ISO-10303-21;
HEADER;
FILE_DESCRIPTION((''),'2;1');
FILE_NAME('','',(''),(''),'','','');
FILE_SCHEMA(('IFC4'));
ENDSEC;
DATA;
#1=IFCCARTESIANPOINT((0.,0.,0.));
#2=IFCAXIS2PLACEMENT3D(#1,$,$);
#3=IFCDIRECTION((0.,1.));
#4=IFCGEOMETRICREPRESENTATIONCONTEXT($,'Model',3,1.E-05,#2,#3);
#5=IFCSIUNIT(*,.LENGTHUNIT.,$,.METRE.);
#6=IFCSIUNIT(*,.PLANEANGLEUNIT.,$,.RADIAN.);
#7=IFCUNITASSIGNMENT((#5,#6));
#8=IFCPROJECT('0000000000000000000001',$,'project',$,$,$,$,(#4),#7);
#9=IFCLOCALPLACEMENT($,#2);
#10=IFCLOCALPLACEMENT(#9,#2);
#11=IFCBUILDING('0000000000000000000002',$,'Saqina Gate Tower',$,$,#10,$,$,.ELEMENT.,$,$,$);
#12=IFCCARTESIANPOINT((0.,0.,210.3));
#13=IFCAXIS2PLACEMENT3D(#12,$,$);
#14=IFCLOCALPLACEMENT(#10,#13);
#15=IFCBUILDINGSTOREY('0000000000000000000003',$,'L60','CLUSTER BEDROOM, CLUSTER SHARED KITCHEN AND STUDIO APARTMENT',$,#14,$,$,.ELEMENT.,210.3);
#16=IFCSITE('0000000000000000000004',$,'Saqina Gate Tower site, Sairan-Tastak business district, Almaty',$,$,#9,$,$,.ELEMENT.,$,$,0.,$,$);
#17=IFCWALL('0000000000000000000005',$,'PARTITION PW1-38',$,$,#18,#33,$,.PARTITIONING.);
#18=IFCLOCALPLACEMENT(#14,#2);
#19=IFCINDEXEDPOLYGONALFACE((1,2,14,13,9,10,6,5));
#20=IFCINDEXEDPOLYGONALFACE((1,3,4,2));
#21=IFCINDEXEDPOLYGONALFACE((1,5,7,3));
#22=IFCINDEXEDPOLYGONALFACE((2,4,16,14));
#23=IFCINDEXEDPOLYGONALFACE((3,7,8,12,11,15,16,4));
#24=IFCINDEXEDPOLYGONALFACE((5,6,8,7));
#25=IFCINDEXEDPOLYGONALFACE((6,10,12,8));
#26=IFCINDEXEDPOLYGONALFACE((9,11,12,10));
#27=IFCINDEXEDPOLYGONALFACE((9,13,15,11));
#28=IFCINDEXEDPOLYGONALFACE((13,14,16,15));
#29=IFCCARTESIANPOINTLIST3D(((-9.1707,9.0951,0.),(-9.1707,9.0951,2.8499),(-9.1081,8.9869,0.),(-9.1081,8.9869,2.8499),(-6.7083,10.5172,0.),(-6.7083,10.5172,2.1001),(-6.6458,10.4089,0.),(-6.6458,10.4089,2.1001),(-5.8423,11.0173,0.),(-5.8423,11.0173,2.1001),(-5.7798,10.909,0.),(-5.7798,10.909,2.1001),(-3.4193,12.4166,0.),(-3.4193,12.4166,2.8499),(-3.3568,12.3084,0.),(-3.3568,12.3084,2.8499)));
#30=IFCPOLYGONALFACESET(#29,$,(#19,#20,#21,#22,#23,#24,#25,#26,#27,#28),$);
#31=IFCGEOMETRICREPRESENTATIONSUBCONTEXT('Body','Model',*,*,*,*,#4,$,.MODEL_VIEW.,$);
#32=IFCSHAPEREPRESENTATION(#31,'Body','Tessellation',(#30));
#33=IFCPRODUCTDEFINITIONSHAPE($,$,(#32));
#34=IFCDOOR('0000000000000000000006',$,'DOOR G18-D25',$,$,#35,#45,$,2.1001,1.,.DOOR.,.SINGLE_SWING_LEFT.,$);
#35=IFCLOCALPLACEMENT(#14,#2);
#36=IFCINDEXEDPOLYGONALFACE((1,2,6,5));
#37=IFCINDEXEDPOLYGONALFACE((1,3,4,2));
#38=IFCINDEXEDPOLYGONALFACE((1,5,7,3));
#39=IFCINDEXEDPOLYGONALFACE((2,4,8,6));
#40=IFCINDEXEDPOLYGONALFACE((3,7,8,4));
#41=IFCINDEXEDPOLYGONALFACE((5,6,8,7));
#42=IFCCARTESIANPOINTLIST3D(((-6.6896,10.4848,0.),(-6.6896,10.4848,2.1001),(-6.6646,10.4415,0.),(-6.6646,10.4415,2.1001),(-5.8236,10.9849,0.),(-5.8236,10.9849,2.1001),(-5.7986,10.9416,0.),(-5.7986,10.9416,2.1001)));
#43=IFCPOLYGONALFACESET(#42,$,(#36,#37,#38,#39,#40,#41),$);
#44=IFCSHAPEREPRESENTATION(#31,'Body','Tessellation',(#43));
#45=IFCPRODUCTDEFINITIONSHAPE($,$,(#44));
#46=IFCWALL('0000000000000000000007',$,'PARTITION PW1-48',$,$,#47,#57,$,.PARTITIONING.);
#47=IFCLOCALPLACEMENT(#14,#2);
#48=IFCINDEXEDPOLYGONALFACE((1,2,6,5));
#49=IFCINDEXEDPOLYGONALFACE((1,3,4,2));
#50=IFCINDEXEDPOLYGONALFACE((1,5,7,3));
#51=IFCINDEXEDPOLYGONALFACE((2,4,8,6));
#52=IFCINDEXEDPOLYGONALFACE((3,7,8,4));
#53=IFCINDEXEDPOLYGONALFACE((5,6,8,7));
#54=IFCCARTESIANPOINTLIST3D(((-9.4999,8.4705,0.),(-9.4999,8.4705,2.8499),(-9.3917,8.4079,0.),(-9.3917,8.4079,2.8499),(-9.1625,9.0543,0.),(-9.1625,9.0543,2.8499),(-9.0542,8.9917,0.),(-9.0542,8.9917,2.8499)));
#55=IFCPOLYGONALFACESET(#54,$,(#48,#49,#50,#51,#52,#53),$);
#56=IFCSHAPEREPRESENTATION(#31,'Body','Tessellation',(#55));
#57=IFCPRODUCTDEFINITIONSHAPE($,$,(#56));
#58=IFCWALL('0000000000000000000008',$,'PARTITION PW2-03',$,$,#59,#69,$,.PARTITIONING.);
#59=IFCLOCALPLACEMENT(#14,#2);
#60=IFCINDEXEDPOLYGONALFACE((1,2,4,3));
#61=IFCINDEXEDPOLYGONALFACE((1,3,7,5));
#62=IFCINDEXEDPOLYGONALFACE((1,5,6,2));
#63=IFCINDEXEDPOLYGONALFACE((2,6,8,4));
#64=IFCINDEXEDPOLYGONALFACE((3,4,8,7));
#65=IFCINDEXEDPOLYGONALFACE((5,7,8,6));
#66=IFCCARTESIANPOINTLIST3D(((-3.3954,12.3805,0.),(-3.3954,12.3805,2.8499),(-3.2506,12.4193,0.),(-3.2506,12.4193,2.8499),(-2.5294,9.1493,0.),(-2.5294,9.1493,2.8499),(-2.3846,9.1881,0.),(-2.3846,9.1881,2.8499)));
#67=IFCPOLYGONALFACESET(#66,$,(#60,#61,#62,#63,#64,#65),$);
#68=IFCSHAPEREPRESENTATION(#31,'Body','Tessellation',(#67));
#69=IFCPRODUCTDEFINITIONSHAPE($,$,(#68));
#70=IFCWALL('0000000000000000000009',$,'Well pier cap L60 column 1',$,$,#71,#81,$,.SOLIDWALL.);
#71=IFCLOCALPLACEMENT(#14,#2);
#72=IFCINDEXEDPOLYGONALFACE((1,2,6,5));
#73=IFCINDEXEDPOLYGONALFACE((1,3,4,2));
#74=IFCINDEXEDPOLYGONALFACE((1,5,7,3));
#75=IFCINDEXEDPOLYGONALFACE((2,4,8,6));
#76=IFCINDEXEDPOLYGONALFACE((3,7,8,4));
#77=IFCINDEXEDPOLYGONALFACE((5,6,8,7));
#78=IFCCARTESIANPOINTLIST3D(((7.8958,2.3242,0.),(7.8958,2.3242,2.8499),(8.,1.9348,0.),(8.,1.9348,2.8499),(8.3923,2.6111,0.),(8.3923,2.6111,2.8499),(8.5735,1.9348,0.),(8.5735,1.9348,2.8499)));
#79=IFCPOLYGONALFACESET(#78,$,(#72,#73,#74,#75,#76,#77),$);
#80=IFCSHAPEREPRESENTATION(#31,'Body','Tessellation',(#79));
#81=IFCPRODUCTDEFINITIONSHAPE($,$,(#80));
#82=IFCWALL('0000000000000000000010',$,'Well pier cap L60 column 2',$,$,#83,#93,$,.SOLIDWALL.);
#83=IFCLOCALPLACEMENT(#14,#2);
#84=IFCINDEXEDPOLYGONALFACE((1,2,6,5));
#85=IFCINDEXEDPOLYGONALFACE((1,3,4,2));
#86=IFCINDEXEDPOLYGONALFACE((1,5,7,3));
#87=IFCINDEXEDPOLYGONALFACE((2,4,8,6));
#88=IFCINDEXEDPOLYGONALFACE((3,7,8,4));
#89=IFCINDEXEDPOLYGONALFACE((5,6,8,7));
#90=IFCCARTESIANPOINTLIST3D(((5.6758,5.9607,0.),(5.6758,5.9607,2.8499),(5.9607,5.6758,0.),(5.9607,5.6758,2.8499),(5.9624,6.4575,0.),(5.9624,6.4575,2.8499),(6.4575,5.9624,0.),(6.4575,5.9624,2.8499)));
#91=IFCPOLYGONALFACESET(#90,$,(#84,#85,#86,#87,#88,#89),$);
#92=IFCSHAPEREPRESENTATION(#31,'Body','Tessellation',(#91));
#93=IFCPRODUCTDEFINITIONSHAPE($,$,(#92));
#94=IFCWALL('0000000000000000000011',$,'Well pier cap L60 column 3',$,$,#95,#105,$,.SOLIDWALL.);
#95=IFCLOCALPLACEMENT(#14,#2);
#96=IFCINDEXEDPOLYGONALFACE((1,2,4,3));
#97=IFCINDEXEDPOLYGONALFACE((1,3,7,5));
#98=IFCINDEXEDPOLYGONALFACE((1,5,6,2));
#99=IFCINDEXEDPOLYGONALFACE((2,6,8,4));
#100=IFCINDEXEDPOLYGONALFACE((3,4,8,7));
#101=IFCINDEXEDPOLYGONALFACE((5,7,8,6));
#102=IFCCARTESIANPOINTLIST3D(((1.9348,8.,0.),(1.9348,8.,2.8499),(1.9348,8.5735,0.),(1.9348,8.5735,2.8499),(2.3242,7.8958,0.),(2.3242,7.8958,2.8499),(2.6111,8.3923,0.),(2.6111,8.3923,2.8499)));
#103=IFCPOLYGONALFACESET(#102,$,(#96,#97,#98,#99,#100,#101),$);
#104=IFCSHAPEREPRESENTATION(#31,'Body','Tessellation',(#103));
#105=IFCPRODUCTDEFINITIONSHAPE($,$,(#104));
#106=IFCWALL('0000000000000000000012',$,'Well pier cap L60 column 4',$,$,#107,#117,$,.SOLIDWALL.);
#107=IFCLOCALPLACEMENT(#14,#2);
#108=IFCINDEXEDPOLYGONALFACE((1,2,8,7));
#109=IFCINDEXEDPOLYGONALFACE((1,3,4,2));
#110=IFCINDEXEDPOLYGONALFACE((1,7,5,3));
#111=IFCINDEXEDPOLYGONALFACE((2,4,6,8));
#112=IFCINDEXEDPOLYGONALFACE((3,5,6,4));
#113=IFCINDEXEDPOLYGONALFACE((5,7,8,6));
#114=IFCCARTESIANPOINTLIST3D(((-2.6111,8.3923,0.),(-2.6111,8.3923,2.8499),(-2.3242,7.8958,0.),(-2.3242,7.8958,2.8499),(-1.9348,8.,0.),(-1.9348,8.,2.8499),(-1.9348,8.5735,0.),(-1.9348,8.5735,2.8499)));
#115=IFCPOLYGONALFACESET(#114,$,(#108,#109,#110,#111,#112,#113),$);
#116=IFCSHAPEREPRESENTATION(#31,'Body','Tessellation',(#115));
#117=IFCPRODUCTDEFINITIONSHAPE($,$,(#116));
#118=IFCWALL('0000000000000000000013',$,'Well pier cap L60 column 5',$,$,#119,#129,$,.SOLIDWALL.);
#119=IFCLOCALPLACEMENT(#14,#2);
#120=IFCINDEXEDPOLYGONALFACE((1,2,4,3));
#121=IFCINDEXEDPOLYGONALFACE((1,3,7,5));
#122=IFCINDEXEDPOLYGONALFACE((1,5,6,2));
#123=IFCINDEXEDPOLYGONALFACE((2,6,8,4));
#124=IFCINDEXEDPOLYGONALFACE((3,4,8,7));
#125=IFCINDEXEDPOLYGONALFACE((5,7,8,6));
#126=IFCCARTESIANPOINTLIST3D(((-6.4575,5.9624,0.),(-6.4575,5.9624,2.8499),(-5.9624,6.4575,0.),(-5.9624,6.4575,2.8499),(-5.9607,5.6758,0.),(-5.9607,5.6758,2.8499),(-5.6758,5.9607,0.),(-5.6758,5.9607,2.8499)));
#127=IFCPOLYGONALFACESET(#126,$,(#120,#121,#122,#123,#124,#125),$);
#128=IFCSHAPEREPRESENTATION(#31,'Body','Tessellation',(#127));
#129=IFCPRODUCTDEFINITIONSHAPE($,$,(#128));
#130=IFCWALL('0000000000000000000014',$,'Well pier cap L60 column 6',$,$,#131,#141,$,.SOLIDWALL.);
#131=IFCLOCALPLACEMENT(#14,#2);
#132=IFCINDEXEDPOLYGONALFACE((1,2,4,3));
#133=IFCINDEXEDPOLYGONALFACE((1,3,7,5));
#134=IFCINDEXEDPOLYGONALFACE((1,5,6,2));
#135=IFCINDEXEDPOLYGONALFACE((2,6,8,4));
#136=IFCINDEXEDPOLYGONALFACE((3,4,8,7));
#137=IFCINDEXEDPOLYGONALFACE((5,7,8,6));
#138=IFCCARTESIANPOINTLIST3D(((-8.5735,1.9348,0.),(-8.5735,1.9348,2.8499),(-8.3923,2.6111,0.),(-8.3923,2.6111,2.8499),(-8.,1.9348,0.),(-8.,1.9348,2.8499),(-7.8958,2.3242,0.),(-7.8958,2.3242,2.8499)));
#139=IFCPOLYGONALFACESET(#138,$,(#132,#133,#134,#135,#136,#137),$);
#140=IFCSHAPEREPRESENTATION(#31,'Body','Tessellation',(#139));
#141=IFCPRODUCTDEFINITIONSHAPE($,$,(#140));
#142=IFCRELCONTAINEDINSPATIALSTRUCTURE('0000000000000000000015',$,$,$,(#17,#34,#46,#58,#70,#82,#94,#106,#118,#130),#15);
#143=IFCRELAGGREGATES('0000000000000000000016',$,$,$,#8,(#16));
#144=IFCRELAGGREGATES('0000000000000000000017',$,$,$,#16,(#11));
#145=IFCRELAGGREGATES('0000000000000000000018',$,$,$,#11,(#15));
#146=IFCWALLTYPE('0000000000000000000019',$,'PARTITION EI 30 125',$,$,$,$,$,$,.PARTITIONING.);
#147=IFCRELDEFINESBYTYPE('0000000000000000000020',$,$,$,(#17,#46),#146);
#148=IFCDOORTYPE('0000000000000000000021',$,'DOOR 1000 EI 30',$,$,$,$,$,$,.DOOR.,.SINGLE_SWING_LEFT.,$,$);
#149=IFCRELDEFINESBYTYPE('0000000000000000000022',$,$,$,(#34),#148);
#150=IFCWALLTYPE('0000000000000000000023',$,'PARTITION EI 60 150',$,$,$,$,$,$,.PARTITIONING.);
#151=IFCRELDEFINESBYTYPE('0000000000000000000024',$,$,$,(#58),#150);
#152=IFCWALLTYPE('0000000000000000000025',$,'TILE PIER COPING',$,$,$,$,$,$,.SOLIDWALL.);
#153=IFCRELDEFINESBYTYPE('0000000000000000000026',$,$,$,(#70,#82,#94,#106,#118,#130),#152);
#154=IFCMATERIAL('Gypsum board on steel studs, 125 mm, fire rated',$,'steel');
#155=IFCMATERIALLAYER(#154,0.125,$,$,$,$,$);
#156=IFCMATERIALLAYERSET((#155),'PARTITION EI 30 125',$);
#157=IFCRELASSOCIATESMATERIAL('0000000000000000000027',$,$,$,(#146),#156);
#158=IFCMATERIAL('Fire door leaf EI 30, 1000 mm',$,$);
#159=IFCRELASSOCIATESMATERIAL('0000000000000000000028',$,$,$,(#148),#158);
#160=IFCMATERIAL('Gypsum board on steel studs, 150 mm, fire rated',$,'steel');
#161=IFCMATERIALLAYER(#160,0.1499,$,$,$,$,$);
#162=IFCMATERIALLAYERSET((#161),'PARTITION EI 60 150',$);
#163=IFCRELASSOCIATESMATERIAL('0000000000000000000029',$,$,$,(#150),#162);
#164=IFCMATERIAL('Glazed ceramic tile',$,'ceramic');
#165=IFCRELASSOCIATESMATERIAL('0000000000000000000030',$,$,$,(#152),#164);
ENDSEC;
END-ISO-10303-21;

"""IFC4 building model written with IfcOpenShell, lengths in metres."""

from ifc_helpers import new_model, si_unit, direction, frame, frame_2d, origin, place, context, subcontext, project, spatial, polyline, rectangle, outline, extrude, material, layer, layer_set, type_object, element, fill, save


model = new_model("IFC4")

# Units and contexts
model_context = context("Model", 3, precision=1e-05, world=origin(), true_north=direction((0.0, 1.0)))
body_context = subcontext(model_context, "Body", "Model", "MODEL_VIEW")
ifc_project = project(units=[si_unit("LENGTHUNIT", "METRE"), si_unit("PLANEANGLEUNIT", "RADIAN")], contexts=[model_context])

# Site, building, storey
site_placement = place(None, origin())
site = spatial("IfcSite", under=ifc_project, at=site_placement, Name="Saqina Gate Tower site, Sairan-Tastak business district, Almaty", CompositionType="ELEMENT", RefElevation=0.0)
building_placement = place(site_placement, origin())
building = spatial("IfcBuilding", under=site, at=building_placement, Name="Saqina Gate Tower", CompositionType="ELEMENT")
storey_placement = place(building_placement, frame((0.0, 0.0, 210.3)))
storey = spatial("IfcBuildingStorey", under=building, at=storey_placement, Name="L60", Description="CLUSTER BEDROOM, CLUSTER SHARED KITCHEN AND STUDIO APARTMENT", CompositionType="ELEMENT", Elevation=210.3)

# Shared definitions
ifc_material_1 = material(Name="Gypsum board on steel studs, 125 mm, fire rated", Category="steel")
ifc_layer_1 = layer(ifc_material_1, 0.125)
ifc_layer_set_1 = layer_set([ifc_layer_1], Name="PARTITION EI 30 125")
wall_type_1 = type_object("IfcWallType", Name="PARTITION EI 30 125", PredefinedType="PARTITIONING", material=ifc_layer_set_1)

# Wall, opening, door
ifc_material_2 = material(Name="Fire door leaf EI 30, 1000 mm")
door_type_1 = type_object("IfcDoorType", Name="DOOR 1000 EI 30", OperationType="SINGLE_SWING_LEFT", PredefinedType="DOOR", material=ifc_material_2)
wall_1_placement = place(storey_placement, frame((-9.1394, 9.041, 0.0), z_axis=(0.0, 0.0, 1.0), x_axis=(0.865965, 0.500104, 0.0)))
wall_1 = element("IfcWall", 1, at=wall_1_placement, inside=storey, type_object=wall_type_1, Name="PARTITION PW1-38", PredefinedType="PARTITIONING", context=body_context, shape_type="SweptSolid", body=[
    extrude(rectangle(XDim=6.6416, YDim=0.125, at=frame_2d((3.3208, 0.0))), origin(), (0.0, 0.0, 1.0), 2.8499),
])
opening_1_placement = place(wall_1_placement, frame((2.8435, 0.0, 0.0)))
opening_1 = element("IfcOpeningElement", 2, at=opening_1_placement, cuts=wall_1, PredefinedType="OPENING", context=body_context, shape_type="SweptSolid", body=[
    extrude(rectangle(XDim=1.0, YDim=2.1001, at=frame_2d((0.5, 1.05))), frame((0.0, 0.0745, 0.0), z_axis=(0.0, -1.0, 0.0), x_axis=(1.0, 0.0, 0.0)), (0.0, 0.0, 1.0), 0.1489),
])
door_1_placement = place(opening_1_placement, frame((1.0, 0.0, 0.0), z_axis=(0.0, 0.0, 1.0), x_axis=(-1.0, 0.0, 0.0)))
door_1 = element("IfcDoor", 3, at=door_1_placement, inside=storey, type_object=door_type_1, Name="DOOR G18-D25", OperationType="SINGLE_SWING_LEFT", OverallHeight=2.1001, OverallWidth=1.0, PredefinedType="DOOR", context=body_context, shape_type="SweptSolid", body=[
    extrude(rectangle(XDim=1.0, YDim=2.1001, at=frame_2d((0.5, 1.05))), frame((0.0, 0.0249, 0.0), z_axis=(0.0, -1.0, 0.0), x_axis=(1.0, 0.0, 0.0)), (0.0, 0.0, 1.0), 0.05),
])
fill(opening_1, door_1)

# Walls
wall_2_placement = place(storey_placement, frame((-9.4458, 8.4392, 0.0), z_axis=(0.0, 0.0, 1.0), x_axis=(0.500422, 0.865781, 0.0)))
element("IfcWall", 4, at=wall_2_placement, inside=storey, type_object=wall_type_1, Name="PARTITION PW1-48", PredefinedType="PARTITIONING", context=body_context, shape_type="SweptSolid", body=[
    extrude(rectangle(XDim=0.6743, YDim=0.125, at=frame_2d((0.3372, 0.0))), origin(), (0.0, 0.0, 1.0), 2.8499),
])
ifc_material_3 = material(Name="Gypsum board on steel studs, 150 mm, fire rated", Category="steel")
ifc_layer_2 = layer(ifc_material_3, 0.1499)
ifc_layer_set_2 = layer_set([ifc_layer_2], Name="PARTITION EI 60 150")
wall_type_2 = type_object("IfcWallType", Name="PARTITION EI 60 150", PredefinedType="PARTITIONING", material=ifc_layer_set_2)
wall_3_placement = place(storey_placement, frame((-3.323, 12.3999, 0.0), z_axis=(0.0, 0.0, 1.0), x_axis=(0.258866, -0.965913, 0.0)))
element("IfcWall", 5, at=wall_3_placement, inside=storey, type_object=wall_type_2, Name="PARTITION PW2-03", PredefinedType="PARTITIONING", context=body_context, shape_type="SweptSolid", body=[
    extrude(rectangle(XDim=3.3452, YDim=0.1499, at=frame_2d((1.6726, 0.0))), origin(), (0.0, 0.0, 1.0), 2.8499),
])
ifc_material_4 = material(Name="Glazed ceramic tile", Category="ceramic")
wall_type_3 = type_object("IfcWallType", Name="TILE PIER COPING", PredefinedType="SOLIDWALL", material=ifc_material_4)
wall_4_placement = place(storey_placement, origin())
element("IfcWall", 6, at=wall_4_placement, inside=storey, type_object=wall_type_3, Name="Well pier cap L60 column 1", PredefinedType="SOLIDWALL", context=body_context, shape_type="SweptSolid", body=[
    extrude(outline(polyline([(8.3923, 2.6111), (7.8958, 2.3242), (8.0, 1.9348), (8.5735, 1.9348), (8.3923, 2.6111)])), origin(), (0.0, 0.0, 1.0), 2.8499),
])
wall_5_placement = place(storey_placement, origin())
element("IfcWall", 7, at=wall_5_placement, inside=storey, type_object=wall_type_3, Name="Well pier cap L60 column 2", PredefinedType="SOLIDWALL", context=body_context, shape_type="SweptSolid", body=[
    extrude(outline(polyline([(5.9624, 6.4575), (5.6758, 5.9607), (5.9607, 5.6758), (6.4575, 5.9624), (5.9624, 6.4575)])), origin(), (0.0, 0.0, 1.0), 2.8499),
])
wall_6_placement = place(storey_placement, origin())
element("IfcWall", 8, at=wall_6_placement, inside=storey, type_object=wall_type_3, Name="Well pier cap L60 column 3", PredefinedType="SOLIDWALL", context=body_context, shape_type="SweptSolid", body=[
    extrude(outline(polyline([(1.9348, 8.5735), (1.9348, 8.0), (2.3242, 7.8958), (2.6111, 8.3923), (1.9348, 8.5735)])), origin(), (0.0, 0.0, 1.0), 2.8499),
])
wall_7_placement = place(storey_placement, origin())
element("IfcWall", 9, at=wall_7_placement, inside=storey, type_object=wall_type_3, Name="Well pier cap L60 column 4", PredefinedType="SOLIDWALL", context=body_context, shape_type="SweptSolid", body=[
    extrude(outline(polyline([(-1.9348, 8.0), (-1.9348, 8.5735), (-2.6111, 8.3923), (-2.3242, 7.8958), (-1.9348, 8.0)])), origin(), (0.0, 0.0, 1.0), 2.8499),
])
wall_8_placement = place(storey_placement, origin())
element("IfcWall", 10, at=wall_8_placement, inside=storey, type_object=wall_type_3, Name="Well pier cap L60 column 5", PredefinedType="SOLIDWALL", context=body_context, shape_type="SweptSolid", body=[
    extrude(outline(polyline([(-6.4575, 5.9624), (-5.9607, 5.6758), (-5.6758, 5.9607), (-5.9624, 6.4575), (-6.4575, 5.9624)])), origin(), (0.0, 0.0, 1.0), 2.8499),
])
wall_9_placement = place(storey_placement, origin())
element("IfcWall", 11, at=wall_9_placement, inside=storey, type_object=wall_type_3, Name="Well pier cap L60 column 6", PredefinedType="SOLIDWALL", context=body_context, shape_type="SweptSolid", body=[
    extrude(outline(polyline([(-8.5735, 1.9348), (-8.0, 1.9348), (-7.8958, 2.3242), (-8.3923, 2.6111), (-8.5735, 1.9348)])), origin(), (0.0, 0.0, 1.0), 2.8499),
])

save(model, "model.ifc")
